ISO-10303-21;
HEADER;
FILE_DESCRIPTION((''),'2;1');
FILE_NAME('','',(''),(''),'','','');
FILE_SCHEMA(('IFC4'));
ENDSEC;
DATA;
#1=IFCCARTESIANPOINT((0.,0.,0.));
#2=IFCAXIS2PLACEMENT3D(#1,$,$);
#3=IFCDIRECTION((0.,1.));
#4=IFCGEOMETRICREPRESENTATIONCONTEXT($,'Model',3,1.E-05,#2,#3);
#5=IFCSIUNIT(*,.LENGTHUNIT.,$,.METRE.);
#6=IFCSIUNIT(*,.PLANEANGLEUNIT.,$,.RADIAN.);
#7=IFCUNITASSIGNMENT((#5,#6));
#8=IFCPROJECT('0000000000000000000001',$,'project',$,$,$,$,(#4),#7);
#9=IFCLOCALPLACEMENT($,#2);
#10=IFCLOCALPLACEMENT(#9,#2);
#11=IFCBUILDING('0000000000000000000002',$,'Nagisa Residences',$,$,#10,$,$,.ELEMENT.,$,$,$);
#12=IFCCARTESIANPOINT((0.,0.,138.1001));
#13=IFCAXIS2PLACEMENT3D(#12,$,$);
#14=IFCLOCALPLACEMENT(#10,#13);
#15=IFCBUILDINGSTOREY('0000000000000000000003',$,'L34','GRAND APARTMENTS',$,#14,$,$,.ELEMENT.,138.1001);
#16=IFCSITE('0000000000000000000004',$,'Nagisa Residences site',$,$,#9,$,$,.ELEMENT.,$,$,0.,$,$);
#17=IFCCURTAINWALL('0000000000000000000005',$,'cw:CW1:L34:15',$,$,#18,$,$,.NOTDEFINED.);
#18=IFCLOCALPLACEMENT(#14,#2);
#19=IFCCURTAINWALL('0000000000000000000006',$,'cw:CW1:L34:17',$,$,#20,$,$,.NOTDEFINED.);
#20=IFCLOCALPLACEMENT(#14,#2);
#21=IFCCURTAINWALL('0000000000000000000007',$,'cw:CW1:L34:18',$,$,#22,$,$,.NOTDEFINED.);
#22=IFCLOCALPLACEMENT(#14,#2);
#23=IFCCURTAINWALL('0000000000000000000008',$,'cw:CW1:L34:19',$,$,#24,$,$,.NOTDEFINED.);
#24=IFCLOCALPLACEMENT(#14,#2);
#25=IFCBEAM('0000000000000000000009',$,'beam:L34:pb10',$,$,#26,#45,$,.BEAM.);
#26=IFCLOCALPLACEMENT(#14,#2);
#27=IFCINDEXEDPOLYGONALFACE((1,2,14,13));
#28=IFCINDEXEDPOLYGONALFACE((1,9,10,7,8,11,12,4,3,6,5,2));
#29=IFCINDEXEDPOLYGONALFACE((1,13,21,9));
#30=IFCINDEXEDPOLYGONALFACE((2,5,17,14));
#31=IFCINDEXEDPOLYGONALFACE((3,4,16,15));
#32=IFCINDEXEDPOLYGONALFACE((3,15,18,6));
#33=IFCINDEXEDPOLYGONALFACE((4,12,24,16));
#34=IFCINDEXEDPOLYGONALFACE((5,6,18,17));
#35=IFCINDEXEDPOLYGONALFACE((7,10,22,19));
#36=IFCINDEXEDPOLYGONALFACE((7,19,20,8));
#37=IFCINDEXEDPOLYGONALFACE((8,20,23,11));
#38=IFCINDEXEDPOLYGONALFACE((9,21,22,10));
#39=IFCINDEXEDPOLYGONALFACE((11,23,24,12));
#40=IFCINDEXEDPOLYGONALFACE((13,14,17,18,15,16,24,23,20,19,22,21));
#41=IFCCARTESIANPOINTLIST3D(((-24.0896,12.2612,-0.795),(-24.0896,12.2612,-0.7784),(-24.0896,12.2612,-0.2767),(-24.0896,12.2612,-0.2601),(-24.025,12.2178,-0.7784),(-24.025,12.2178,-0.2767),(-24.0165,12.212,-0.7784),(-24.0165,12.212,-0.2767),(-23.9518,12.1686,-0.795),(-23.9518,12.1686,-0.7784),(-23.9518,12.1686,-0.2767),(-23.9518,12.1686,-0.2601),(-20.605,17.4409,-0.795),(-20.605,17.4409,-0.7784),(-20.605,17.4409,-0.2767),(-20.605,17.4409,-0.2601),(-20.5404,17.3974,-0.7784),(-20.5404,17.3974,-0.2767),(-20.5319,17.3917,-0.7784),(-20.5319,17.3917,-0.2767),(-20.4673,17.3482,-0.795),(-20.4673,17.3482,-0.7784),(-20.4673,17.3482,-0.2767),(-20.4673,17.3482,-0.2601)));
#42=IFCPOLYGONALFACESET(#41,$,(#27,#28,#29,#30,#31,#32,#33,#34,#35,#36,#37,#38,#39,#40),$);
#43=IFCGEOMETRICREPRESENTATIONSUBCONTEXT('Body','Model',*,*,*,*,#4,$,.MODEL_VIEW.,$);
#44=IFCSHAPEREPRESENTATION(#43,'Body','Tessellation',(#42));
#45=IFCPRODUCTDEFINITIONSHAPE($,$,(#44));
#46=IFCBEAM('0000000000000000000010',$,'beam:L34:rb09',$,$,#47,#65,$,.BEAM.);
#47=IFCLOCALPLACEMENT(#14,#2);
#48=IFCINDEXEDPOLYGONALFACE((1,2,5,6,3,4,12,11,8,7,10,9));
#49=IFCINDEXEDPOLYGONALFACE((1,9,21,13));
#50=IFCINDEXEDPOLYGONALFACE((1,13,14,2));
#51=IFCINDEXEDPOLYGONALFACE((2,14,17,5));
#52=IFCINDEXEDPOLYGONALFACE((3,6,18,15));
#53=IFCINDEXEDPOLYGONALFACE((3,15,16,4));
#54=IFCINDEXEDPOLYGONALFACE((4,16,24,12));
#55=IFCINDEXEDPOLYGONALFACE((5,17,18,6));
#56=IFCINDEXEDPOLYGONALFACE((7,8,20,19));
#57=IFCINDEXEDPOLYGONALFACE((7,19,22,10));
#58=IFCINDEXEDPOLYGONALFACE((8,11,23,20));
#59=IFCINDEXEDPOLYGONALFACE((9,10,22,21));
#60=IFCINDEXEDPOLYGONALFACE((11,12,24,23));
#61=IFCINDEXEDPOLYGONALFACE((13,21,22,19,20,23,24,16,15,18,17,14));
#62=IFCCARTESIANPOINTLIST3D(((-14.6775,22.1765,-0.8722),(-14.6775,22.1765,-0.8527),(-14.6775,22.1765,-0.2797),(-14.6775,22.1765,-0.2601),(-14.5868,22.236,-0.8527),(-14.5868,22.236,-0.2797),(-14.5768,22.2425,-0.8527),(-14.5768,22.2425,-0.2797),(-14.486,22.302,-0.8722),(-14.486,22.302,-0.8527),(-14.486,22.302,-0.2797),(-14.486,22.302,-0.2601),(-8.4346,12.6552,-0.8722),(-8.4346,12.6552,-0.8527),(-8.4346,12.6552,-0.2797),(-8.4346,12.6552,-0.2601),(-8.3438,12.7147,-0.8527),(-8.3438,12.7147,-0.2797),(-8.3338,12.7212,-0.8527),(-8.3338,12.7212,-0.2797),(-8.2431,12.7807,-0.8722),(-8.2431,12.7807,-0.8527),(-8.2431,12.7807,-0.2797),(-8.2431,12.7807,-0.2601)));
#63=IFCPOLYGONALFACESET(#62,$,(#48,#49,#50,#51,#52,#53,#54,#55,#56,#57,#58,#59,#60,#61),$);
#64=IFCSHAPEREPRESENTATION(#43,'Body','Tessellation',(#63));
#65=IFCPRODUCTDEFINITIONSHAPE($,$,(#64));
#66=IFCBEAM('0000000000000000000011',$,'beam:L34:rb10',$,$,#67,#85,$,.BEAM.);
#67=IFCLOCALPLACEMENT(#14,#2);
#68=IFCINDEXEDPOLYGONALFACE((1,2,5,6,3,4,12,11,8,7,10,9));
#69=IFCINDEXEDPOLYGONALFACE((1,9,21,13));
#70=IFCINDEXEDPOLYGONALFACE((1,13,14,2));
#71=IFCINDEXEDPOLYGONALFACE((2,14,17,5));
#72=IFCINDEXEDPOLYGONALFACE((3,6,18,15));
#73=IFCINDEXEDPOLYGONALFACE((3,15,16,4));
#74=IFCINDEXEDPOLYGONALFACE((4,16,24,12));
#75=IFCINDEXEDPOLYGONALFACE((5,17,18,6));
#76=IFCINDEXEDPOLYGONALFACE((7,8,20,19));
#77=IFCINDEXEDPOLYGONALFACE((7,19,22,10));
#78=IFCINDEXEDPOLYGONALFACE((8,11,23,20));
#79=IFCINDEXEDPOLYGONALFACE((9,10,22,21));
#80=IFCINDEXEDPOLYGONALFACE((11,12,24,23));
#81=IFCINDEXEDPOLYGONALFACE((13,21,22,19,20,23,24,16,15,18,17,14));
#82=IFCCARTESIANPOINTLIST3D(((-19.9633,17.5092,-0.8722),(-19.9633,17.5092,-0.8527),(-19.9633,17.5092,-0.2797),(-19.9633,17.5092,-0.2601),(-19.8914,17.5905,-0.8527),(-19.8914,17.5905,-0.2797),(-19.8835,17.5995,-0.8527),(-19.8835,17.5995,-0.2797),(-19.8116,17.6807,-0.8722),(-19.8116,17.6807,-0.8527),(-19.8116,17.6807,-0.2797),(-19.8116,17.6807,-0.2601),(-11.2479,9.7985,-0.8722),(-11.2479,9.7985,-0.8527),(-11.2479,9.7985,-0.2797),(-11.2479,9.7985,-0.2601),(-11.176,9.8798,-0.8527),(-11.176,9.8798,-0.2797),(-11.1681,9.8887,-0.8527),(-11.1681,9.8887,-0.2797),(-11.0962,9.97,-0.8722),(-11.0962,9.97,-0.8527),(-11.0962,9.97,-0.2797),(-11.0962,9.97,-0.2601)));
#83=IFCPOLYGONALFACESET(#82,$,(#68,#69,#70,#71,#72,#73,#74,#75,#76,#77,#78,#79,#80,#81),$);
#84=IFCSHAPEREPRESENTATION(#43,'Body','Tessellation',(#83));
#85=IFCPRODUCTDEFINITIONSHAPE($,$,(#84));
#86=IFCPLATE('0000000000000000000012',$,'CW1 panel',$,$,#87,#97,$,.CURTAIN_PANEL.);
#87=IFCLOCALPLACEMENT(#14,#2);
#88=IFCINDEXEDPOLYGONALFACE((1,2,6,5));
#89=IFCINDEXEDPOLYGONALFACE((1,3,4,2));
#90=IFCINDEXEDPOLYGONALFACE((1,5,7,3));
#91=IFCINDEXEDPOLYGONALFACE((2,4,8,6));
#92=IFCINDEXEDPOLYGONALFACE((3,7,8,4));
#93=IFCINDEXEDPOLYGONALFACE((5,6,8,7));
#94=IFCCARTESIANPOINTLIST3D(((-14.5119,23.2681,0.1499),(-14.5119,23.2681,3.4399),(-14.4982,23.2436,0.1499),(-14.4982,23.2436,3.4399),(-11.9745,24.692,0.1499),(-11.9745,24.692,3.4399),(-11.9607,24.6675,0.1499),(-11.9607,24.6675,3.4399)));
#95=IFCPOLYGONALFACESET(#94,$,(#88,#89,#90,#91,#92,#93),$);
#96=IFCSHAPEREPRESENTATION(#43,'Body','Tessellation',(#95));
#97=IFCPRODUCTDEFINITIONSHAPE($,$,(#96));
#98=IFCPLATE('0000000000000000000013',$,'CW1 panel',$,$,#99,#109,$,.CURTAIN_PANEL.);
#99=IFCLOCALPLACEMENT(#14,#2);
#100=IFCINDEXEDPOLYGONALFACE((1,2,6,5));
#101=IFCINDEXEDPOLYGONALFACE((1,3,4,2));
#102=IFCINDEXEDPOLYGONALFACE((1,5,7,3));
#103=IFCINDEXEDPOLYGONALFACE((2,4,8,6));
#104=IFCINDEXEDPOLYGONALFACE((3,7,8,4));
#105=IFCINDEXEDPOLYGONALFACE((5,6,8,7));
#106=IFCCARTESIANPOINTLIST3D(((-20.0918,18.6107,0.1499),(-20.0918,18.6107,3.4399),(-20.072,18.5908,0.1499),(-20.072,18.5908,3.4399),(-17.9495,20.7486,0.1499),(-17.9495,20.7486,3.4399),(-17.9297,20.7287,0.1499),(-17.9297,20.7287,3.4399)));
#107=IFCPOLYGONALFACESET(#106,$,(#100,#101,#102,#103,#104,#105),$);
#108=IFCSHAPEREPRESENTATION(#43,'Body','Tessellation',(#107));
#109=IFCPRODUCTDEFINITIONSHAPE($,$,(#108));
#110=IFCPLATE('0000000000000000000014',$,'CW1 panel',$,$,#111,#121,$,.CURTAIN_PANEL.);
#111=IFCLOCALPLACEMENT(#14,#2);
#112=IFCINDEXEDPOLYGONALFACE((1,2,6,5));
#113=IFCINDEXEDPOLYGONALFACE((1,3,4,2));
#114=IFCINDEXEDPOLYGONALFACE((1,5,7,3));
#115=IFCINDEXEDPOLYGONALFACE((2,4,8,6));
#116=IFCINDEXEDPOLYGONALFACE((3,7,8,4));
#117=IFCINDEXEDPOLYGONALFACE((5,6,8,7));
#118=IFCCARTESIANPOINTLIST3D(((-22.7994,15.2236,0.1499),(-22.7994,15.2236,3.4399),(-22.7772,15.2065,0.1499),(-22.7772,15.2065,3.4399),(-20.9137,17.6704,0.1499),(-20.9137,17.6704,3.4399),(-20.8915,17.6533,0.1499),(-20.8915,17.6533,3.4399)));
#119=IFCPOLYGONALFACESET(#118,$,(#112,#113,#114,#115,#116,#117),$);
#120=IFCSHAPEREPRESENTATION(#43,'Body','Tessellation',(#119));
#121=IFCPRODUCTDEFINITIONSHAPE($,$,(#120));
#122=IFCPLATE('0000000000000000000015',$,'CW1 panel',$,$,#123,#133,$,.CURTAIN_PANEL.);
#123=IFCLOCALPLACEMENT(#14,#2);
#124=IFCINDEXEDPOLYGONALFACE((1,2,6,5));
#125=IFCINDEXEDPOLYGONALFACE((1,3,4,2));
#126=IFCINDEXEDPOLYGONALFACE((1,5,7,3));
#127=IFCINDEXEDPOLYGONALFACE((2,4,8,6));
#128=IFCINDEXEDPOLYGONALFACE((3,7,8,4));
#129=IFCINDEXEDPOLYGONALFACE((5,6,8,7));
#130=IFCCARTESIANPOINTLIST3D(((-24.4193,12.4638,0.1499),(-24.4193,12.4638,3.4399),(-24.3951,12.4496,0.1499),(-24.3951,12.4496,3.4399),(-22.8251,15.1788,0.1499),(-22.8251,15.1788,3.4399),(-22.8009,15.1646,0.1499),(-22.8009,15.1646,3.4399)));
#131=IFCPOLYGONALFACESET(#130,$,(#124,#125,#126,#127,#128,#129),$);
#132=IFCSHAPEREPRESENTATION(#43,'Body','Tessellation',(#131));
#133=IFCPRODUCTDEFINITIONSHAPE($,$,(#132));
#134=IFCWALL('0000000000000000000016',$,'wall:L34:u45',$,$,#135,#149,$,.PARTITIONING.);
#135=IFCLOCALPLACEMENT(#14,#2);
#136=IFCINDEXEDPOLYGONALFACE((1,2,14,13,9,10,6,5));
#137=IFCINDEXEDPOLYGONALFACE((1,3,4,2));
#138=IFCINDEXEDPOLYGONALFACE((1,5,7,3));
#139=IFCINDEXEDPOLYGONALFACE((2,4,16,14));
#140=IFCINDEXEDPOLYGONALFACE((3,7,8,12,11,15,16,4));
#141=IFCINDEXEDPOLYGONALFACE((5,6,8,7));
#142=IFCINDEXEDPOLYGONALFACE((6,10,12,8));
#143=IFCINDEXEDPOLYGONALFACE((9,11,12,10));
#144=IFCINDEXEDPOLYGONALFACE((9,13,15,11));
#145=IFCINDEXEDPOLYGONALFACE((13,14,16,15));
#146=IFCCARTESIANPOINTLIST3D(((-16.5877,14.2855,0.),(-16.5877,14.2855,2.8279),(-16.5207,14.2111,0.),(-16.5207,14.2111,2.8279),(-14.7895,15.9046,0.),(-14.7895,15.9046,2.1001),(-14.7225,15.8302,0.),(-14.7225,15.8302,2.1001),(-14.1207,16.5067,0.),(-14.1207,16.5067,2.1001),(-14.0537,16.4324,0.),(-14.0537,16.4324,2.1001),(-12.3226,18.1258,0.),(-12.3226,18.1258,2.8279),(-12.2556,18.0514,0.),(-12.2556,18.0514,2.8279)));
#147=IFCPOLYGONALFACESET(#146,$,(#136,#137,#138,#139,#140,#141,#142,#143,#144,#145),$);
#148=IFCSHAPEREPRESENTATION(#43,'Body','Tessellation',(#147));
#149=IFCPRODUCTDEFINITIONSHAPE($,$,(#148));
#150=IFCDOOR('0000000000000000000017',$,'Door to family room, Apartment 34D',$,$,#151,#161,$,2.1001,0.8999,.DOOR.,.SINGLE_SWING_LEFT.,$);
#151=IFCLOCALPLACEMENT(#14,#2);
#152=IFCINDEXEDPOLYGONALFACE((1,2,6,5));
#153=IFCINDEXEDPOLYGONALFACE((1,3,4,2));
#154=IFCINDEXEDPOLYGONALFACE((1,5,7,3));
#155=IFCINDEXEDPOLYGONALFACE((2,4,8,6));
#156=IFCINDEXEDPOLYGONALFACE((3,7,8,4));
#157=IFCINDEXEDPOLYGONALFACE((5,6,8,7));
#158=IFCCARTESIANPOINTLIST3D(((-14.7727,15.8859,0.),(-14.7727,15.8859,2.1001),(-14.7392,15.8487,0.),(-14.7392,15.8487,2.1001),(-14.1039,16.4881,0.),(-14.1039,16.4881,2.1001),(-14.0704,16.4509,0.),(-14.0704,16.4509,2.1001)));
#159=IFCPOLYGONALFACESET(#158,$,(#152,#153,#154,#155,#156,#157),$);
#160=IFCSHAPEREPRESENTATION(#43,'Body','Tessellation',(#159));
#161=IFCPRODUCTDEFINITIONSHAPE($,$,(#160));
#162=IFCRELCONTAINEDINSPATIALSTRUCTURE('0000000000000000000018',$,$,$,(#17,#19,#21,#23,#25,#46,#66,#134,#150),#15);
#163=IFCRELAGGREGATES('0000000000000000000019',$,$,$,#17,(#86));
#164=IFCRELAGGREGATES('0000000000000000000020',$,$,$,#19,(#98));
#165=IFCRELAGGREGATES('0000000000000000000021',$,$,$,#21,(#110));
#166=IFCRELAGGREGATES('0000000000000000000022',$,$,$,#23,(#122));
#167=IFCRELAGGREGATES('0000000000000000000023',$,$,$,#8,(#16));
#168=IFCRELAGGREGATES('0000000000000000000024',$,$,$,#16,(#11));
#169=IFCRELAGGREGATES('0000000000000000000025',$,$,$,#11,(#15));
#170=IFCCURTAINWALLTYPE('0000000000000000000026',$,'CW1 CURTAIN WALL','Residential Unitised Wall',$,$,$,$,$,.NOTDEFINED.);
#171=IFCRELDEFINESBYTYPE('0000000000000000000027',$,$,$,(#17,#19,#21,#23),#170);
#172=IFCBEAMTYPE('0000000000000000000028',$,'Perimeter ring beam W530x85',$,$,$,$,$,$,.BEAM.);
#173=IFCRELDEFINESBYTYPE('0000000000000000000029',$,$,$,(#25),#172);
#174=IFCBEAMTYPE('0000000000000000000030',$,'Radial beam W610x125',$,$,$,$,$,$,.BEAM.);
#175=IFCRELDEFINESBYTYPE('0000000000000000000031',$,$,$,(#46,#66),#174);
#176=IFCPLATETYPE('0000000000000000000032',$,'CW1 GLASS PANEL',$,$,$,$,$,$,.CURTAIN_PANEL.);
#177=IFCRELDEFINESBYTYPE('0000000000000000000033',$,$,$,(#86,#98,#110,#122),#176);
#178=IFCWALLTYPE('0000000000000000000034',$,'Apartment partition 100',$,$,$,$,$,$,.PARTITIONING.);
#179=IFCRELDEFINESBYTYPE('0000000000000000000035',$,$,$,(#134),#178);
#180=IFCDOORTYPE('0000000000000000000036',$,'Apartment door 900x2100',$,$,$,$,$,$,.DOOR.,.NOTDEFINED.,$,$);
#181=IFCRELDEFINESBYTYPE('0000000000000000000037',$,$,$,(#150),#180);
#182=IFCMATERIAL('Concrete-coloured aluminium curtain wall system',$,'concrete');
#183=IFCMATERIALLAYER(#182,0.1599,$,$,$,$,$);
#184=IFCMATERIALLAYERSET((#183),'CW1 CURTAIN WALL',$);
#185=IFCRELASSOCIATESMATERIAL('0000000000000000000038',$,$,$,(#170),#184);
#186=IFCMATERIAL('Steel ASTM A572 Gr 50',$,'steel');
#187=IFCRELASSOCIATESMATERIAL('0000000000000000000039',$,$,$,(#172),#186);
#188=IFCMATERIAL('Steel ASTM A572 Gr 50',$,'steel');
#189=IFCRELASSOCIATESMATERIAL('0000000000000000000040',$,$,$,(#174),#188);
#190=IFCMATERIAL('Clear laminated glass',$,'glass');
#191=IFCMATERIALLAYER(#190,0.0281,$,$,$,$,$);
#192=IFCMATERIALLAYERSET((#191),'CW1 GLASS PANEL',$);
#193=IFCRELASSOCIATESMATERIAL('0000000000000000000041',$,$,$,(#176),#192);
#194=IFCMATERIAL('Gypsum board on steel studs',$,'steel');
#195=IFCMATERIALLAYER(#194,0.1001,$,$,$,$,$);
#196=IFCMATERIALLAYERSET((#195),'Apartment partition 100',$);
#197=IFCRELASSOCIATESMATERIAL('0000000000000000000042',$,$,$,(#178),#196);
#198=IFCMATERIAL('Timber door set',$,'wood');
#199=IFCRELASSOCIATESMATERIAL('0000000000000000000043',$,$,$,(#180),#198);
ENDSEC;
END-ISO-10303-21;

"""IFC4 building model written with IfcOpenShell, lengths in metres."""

from ifc_helpers import new_model, si_unit, direction, frame, frame_2d, origin, origin_2d, place, context, subcontext, project, spatial, rectangle, i_section, extrude, material, layer, layer_set, material_profile, profile_set, type_object, element, fill, aggregate, save


model = new_model("IFC4")

# Units and contexts
model_context = context("Model", 3, precision=1e-05, world=origin(), true_north=direction((0.0, 1.0)))
body_context = subcontext(model_context, "Body", "Model", "MODEL_VIEW")
ifc_project = project(units=[si_unit("LENGTHUNIT", "METRE"), si_unit("PLANEANGLEUNIT", "RADIAN")], contexts=[model_context])

# Site, building, storey
site_placement = place(None, origin())
site = spatial("IfcSite", under=ifc_project, at=site_placement, Name="Nagisa Residences site", CompositionType="ELEMENT", RefElevation=0.0)
building_placement = place(site_placement, origin())
building = spatial("IfcBuilding", under=site, at=building_placement, Name="Nagisa Residences", CompositionType="ELEMENT")
storey_placement = place(building_placement, frame((0.0, 0.0, 138.1001)))
storey = spatial("IfcBuildingStorey", under=building, at=storey_placement, Name="L34", Description="GRAND APARTMENTS", CompositionType="ELEMENT", Elevation=138.1001)

# Curtain walls
ifc_material_1 = material(Name="Concrete-coloured aluminium curtain wall system", Category="concrete")
ifc_layer_1 = layer(ifc_material_1, 0.1599)
ifc_layer_set_1 = layer_set([ifc_layer_1], Name="CW1 CURTAIN WALL")
curtain_wall_type = type_object("IfcCurtainWallType", Name="CW1 CURTAIN WALL", Description="Residential Unitised Wall", PredefinedType="NOTDEFINED", material=ifc_layer_set_1)
curtain_wall_1_placement = place(storey_placement, origin())
curtain_wall_1 = element("IfcCurtainWall", 1, at=curtain_wall_1_placement, inside=storey, type_object=curtain_wall_type, Name="cw:CW1:L34:15", PredefinedType="NOTDEFINED")
curtain_wall_2_placement = place(storey_placement, origin())
curtain_wall_2 = element("IfcCurtainWall", 2, at=curtain_wall_2_placement, inside=storey, type_object=curtain_wall_type, Name="cw:CW1:L34:17", PredefinedType="NOTDEFINED")
curtain_wall_3_placement = place(storey_placement, origin())
curtain_wall_3 = element("IfcCurtainWall", 3, at=curtain_wall_3_placement, inside=storey, type_object=curtain_wall_type, Name="cw:CW1:L34:18", PredefinedType="NOTDEFINED")
curtain_wall_4_placement = place(storey_placement, origin())
curtain_wall_4 = element("IfcCurtainWall", 4, at=curtain_wall_4_placement, inside=storey, type_object=curtain_wall_type, Name="cw:CW1:L34:19", PredefinedType="NOTDEFINED")

# Beams
ifc_material_2 = material(Name="Steel ASTM A572 Gr 50", Category="steel")
ifc_material_profile_1 = material_profile(ifc_material_2, i_section(OverallWidth=0.166, OverallDepth=0.5349, WebThickness=0.0103, FlangeThickness=0.0166, at=origin_2d()), Name="W530x85")
ifc_profile_set_1 = profile_set([ifc_material_profile_1], Name="Steel ASTM A572 Gr 50")
beam_type_1 = type_object("IfcBeamType", Name="Perimeter ring beam W530x85", PredefinedType="BEAM", material=ifc_profile_set_1)
beam_1_placement = place(storey_placement, frame((-20.5361, 17.3945, -0.5276), z_axis=(-0.558188, -0.829715, 0.0), x_axis=(0.829715, -0.558188, 0.0)))
element("IfcBeam", 5, at=beam_1_placement, inside=storey, type_object=beam_type_1, Name="beam:L34:pb10", PredefinedType="BEAM", context=body_context, shape_type="SweptSolid", body=[
    extrude(i_section(OverallWidth=0.166, OverallDepth=0.5349, WebThickness=0.0103, FlangeThickness=0.0166, at=origin_2d()), origin(), (0.0, 0.0, 1.0), 6.2427),
])
ifc_material_3 = material(Name="Steel ASTM A572 Gr 50", Category="steel")
ifc_material_profile_2 = material_profile(ifc_material_3, i_section(OverallWidth=0.229, OverallDepth=0.6121, WebThickness=0.012, FlangeThickness=0.0195, at=origin_2d()), Name="W610x125")
ifc_profile_set_2 = profile_set([ifc_material_profile_2], Name="Steel ASTM A572 Gr 50")
beam_type_2 = type_object("IfcBeamType", Name="Radial beam W610x125", PredefinedType="BEAM", material=ifc_profile_set_2)
beam_2_placement = place(storey_placement, frame((-14.5818, 22.2393, -0.5662), z_axis=(0.548325, -0.836265, 0.0), x_axis=(0.836265, 0.548325, 0.0)))
element("IfcBeam", 6, at=beam_2_placement, inside=storey, type_object=beam_type_2, Name="beam:L34:rb09", PredefinedType="BEAM", context=body_context, shape_type="SweptSolid", body=[
    extrude(i_section(OverallWidth=0.229, OverallDepth=0.6121, WebThickness=0.012, FlangeThickness=0.0195, at=origin_2d()), origin(), (0.0, 0.0, 1.0), 11.3855),
])
beam_3_placement = place(storey_placement, frame((-19.8875, 17.595, -0.5662), z_axis=(0.748955, -0.662621, 0.0), x_axis=(0.662621, 0.748955, 0.0)))
element("IfcBeam", 7, at=beam_3_placement, inside=storey, type_object=beam_type_2, Name="beam:L34:rb10", PredefinedType="BEAM", context=body_context, shape_type="SweptSolid", body=[
    extrude(i_section(OverallWidth=0.229, OverallDepth=0.6121, WebThickness=0.012, FlangeThickness=0.0195, at=origin_2d()), origin(), (0.0, 0.0, 1.0), 11.6367),
])

# Plates
ifc_material_4 = material(Name="Clear laminated glass", Category="glass")
ifc_layer_2 = layer(ifc_material_4, 0.0281)
ifc_layer_set_2 = layer_set([ifc_layer_2], Name="CW1 GLASS PANEL")
plate_type = type_object("IfcPlateType", Name="CW1 GLASS PANEL", PredefinedType="CURTAIN_PANEL", material=ifc_layer_set_2)
plate_1_placement = place(storey_placement, frame((-13.2363, 23.9678, 0.1499), z_axis=(0.0, 0.0, 1.0), x_axis=(-0.872072, -0.489377, 0.0)))
plate_1 = element("IfcPlate", 8, at=plate_1_placement, type_object=plate_type, Name="CW1 panel", PredefinedType="CURTAIN_PANEL", context=body_context, shape_type="SweptSolid", body=[
    extrude(rectangle(XDim=2.9097, YDim=0.0281, at=origin_2d()), origin(), (0.0, 0.0, 1.0), 3.29),
])
aggregate(curtain_wall_1, [plate_1])
plate_2_placement = place(storey_placement, frame((-19.0107, 19.6697, 0.1499), z_axis=(0.0, 0.0, 1.0), x_axis=(-0.707836, -0.706377, 0.0)))
plate_2 = element("IfcPlate", 9, at=plate_2_placement, type_object=plate_type, Name="CW1 panel", PredefinedType="CURTAIN_PANEL", context=body_context, shape_type="SweptSolid", body=[
    extrude(rectangle(XDim=3.0266, YDim=0.0281, at=origin_2d()), origin(), (0.0, 0.0, 1.0), 3.29),
])
aggregate(curtain_wall_2, [plate_2])
plate_3_placement = place(storey_placement, frame((-21.8455, 16.4385, 0.1499), z_axis=(0.0, 0.0, 1.0), x_axis=(-0.61043, -0.79207, 0.0)))
plate_3 = element("IfcPlate", 10, at=plate_3_placement, type_object=plate_type, Name="CW1 panel", PredefinedType="CURTAIN_PANEL", context=body_context, shape_type="SweptSolid", body=[
    extrude(rectangle(XDim=3.0891, YDim=0.0281, at=origin_2d()), origin(), (0.0, 0.0, 1.0), 3.29),
])
aggregate(curtain_wall_3, [plate_3])
plate_4_placement = place(storey_placement, frame((-23.6101, 13.8142, 0.1499), z_axis=(0.0, 0.0, 1.0), x_axis=(-0.506349, -0.862329, 0.0)))
plate_4 = element("IfcPlate", 11, at=plate_4_placement, type_object=plate_type, Name="CW1 panel", PredefinedType="CURTAIN_PANEL", context=body_context, shape_type="SweptSolid", body=[
    extrude(rectangle(XDim=3.1484, YDim=0.0281, at=origin_2d()), origin(), (0.0, 0.0, 1.0), 3.29),
])
aggregate(curtain_wall_4, [plate_4])

# Wall, opening, door
ifc_material_5 = material(Name="Gypsum board on steel studs", Category="steel")
ifc_layer_3 = layer(ifc_material_5, 0.1001)
ifc_layer_set_3 = layer_set([ifc_layer_3], Name="Apartment partition 100")
wall_type_1 = type_object("IfcWallType", Name="Apartment partition 100", PredefinedType="PARTITIONING", material=ifc_layer_set_3)
wall_1_placement = place(storey_placement, frame((-12.2891, 18.0886, 0.0), z_axis=(0.0, 0.0, 1.0), x_axis=(-0.743146, -0.669129, 0.0)))
wall_1 = element("IfcWall", 12, at=wall_1_placement, inside=storey, type_object=wall_type_1, Name="wall:L34:u45", PredefinedType="PARTITIONING", context=body_context, shape_type="SweptSolid", body=[
    extrude(rectangle(XDim=5.7393, YDim=0.1001, at=frame_2d((2.8696, 0.0))), origin(), (0.0, 0.0, 1.0), 2.8279),
])
opening_1_placement = place(wall_1_placement, frame((2.4197, 0.0, 0.0)))
opening_1 = element("IfcOpeningElement", 13, at=opening_1_placement, cuts=wall_1, PredefinedType="OPENING", context=body_context, shape_type="SweptSolid", body=[
    extrude(rectangle(XDim=0.8999, YDim=2.1001, at=frame_2d((0.45, 1.05))), frame((0.0, 0.0601, 0.0), z_axis=(0.0, -1.0, 0.0), x_axis=(1.0, 0.0, 0.0)), (0.0, 0.0, 1.0), 0.1201),
])
ifc_material_6 = material(Name="Timber door set", Category="wood")
door_type_1 = type_object("IfcDoorType", Name="Apartment door 900x2100", OperationType="NOTDEFINED", PredefinedType="DOOR", material=ifc_material_6)
door_1_placement = place(opening_1_placement, frame((0.8999, 0.0, 0.0), x_axis=(-1.0, 0.0, 0.0)))
door_1 = element("IfcDoor", 14, at=door_1_placement, inside=storey, type_object=door_type_1, Name="Door to family room, Apartment 34D", OperationType="SINGLE_SWING_LEFT", OverallHeight=2.1001, OverallWidth=0.8999, PredefinedType="DOOR", context=body_context, shape_type="SweptSolid", body=[
    extrude(rectangle(XDim=0.8999, YDim=2.1001, at=frame_2d((0.45, 1.05))), frame((0.0, 0.0249, 0.0), z_axis=(0.0, -1.0, 0.0), x_axis=(1.0, 0.0, 0.0)), (0.0, 0.0, 1.0), 0.05),
])
fill(opening_1, door_1)

save(model, "model.ifc")
